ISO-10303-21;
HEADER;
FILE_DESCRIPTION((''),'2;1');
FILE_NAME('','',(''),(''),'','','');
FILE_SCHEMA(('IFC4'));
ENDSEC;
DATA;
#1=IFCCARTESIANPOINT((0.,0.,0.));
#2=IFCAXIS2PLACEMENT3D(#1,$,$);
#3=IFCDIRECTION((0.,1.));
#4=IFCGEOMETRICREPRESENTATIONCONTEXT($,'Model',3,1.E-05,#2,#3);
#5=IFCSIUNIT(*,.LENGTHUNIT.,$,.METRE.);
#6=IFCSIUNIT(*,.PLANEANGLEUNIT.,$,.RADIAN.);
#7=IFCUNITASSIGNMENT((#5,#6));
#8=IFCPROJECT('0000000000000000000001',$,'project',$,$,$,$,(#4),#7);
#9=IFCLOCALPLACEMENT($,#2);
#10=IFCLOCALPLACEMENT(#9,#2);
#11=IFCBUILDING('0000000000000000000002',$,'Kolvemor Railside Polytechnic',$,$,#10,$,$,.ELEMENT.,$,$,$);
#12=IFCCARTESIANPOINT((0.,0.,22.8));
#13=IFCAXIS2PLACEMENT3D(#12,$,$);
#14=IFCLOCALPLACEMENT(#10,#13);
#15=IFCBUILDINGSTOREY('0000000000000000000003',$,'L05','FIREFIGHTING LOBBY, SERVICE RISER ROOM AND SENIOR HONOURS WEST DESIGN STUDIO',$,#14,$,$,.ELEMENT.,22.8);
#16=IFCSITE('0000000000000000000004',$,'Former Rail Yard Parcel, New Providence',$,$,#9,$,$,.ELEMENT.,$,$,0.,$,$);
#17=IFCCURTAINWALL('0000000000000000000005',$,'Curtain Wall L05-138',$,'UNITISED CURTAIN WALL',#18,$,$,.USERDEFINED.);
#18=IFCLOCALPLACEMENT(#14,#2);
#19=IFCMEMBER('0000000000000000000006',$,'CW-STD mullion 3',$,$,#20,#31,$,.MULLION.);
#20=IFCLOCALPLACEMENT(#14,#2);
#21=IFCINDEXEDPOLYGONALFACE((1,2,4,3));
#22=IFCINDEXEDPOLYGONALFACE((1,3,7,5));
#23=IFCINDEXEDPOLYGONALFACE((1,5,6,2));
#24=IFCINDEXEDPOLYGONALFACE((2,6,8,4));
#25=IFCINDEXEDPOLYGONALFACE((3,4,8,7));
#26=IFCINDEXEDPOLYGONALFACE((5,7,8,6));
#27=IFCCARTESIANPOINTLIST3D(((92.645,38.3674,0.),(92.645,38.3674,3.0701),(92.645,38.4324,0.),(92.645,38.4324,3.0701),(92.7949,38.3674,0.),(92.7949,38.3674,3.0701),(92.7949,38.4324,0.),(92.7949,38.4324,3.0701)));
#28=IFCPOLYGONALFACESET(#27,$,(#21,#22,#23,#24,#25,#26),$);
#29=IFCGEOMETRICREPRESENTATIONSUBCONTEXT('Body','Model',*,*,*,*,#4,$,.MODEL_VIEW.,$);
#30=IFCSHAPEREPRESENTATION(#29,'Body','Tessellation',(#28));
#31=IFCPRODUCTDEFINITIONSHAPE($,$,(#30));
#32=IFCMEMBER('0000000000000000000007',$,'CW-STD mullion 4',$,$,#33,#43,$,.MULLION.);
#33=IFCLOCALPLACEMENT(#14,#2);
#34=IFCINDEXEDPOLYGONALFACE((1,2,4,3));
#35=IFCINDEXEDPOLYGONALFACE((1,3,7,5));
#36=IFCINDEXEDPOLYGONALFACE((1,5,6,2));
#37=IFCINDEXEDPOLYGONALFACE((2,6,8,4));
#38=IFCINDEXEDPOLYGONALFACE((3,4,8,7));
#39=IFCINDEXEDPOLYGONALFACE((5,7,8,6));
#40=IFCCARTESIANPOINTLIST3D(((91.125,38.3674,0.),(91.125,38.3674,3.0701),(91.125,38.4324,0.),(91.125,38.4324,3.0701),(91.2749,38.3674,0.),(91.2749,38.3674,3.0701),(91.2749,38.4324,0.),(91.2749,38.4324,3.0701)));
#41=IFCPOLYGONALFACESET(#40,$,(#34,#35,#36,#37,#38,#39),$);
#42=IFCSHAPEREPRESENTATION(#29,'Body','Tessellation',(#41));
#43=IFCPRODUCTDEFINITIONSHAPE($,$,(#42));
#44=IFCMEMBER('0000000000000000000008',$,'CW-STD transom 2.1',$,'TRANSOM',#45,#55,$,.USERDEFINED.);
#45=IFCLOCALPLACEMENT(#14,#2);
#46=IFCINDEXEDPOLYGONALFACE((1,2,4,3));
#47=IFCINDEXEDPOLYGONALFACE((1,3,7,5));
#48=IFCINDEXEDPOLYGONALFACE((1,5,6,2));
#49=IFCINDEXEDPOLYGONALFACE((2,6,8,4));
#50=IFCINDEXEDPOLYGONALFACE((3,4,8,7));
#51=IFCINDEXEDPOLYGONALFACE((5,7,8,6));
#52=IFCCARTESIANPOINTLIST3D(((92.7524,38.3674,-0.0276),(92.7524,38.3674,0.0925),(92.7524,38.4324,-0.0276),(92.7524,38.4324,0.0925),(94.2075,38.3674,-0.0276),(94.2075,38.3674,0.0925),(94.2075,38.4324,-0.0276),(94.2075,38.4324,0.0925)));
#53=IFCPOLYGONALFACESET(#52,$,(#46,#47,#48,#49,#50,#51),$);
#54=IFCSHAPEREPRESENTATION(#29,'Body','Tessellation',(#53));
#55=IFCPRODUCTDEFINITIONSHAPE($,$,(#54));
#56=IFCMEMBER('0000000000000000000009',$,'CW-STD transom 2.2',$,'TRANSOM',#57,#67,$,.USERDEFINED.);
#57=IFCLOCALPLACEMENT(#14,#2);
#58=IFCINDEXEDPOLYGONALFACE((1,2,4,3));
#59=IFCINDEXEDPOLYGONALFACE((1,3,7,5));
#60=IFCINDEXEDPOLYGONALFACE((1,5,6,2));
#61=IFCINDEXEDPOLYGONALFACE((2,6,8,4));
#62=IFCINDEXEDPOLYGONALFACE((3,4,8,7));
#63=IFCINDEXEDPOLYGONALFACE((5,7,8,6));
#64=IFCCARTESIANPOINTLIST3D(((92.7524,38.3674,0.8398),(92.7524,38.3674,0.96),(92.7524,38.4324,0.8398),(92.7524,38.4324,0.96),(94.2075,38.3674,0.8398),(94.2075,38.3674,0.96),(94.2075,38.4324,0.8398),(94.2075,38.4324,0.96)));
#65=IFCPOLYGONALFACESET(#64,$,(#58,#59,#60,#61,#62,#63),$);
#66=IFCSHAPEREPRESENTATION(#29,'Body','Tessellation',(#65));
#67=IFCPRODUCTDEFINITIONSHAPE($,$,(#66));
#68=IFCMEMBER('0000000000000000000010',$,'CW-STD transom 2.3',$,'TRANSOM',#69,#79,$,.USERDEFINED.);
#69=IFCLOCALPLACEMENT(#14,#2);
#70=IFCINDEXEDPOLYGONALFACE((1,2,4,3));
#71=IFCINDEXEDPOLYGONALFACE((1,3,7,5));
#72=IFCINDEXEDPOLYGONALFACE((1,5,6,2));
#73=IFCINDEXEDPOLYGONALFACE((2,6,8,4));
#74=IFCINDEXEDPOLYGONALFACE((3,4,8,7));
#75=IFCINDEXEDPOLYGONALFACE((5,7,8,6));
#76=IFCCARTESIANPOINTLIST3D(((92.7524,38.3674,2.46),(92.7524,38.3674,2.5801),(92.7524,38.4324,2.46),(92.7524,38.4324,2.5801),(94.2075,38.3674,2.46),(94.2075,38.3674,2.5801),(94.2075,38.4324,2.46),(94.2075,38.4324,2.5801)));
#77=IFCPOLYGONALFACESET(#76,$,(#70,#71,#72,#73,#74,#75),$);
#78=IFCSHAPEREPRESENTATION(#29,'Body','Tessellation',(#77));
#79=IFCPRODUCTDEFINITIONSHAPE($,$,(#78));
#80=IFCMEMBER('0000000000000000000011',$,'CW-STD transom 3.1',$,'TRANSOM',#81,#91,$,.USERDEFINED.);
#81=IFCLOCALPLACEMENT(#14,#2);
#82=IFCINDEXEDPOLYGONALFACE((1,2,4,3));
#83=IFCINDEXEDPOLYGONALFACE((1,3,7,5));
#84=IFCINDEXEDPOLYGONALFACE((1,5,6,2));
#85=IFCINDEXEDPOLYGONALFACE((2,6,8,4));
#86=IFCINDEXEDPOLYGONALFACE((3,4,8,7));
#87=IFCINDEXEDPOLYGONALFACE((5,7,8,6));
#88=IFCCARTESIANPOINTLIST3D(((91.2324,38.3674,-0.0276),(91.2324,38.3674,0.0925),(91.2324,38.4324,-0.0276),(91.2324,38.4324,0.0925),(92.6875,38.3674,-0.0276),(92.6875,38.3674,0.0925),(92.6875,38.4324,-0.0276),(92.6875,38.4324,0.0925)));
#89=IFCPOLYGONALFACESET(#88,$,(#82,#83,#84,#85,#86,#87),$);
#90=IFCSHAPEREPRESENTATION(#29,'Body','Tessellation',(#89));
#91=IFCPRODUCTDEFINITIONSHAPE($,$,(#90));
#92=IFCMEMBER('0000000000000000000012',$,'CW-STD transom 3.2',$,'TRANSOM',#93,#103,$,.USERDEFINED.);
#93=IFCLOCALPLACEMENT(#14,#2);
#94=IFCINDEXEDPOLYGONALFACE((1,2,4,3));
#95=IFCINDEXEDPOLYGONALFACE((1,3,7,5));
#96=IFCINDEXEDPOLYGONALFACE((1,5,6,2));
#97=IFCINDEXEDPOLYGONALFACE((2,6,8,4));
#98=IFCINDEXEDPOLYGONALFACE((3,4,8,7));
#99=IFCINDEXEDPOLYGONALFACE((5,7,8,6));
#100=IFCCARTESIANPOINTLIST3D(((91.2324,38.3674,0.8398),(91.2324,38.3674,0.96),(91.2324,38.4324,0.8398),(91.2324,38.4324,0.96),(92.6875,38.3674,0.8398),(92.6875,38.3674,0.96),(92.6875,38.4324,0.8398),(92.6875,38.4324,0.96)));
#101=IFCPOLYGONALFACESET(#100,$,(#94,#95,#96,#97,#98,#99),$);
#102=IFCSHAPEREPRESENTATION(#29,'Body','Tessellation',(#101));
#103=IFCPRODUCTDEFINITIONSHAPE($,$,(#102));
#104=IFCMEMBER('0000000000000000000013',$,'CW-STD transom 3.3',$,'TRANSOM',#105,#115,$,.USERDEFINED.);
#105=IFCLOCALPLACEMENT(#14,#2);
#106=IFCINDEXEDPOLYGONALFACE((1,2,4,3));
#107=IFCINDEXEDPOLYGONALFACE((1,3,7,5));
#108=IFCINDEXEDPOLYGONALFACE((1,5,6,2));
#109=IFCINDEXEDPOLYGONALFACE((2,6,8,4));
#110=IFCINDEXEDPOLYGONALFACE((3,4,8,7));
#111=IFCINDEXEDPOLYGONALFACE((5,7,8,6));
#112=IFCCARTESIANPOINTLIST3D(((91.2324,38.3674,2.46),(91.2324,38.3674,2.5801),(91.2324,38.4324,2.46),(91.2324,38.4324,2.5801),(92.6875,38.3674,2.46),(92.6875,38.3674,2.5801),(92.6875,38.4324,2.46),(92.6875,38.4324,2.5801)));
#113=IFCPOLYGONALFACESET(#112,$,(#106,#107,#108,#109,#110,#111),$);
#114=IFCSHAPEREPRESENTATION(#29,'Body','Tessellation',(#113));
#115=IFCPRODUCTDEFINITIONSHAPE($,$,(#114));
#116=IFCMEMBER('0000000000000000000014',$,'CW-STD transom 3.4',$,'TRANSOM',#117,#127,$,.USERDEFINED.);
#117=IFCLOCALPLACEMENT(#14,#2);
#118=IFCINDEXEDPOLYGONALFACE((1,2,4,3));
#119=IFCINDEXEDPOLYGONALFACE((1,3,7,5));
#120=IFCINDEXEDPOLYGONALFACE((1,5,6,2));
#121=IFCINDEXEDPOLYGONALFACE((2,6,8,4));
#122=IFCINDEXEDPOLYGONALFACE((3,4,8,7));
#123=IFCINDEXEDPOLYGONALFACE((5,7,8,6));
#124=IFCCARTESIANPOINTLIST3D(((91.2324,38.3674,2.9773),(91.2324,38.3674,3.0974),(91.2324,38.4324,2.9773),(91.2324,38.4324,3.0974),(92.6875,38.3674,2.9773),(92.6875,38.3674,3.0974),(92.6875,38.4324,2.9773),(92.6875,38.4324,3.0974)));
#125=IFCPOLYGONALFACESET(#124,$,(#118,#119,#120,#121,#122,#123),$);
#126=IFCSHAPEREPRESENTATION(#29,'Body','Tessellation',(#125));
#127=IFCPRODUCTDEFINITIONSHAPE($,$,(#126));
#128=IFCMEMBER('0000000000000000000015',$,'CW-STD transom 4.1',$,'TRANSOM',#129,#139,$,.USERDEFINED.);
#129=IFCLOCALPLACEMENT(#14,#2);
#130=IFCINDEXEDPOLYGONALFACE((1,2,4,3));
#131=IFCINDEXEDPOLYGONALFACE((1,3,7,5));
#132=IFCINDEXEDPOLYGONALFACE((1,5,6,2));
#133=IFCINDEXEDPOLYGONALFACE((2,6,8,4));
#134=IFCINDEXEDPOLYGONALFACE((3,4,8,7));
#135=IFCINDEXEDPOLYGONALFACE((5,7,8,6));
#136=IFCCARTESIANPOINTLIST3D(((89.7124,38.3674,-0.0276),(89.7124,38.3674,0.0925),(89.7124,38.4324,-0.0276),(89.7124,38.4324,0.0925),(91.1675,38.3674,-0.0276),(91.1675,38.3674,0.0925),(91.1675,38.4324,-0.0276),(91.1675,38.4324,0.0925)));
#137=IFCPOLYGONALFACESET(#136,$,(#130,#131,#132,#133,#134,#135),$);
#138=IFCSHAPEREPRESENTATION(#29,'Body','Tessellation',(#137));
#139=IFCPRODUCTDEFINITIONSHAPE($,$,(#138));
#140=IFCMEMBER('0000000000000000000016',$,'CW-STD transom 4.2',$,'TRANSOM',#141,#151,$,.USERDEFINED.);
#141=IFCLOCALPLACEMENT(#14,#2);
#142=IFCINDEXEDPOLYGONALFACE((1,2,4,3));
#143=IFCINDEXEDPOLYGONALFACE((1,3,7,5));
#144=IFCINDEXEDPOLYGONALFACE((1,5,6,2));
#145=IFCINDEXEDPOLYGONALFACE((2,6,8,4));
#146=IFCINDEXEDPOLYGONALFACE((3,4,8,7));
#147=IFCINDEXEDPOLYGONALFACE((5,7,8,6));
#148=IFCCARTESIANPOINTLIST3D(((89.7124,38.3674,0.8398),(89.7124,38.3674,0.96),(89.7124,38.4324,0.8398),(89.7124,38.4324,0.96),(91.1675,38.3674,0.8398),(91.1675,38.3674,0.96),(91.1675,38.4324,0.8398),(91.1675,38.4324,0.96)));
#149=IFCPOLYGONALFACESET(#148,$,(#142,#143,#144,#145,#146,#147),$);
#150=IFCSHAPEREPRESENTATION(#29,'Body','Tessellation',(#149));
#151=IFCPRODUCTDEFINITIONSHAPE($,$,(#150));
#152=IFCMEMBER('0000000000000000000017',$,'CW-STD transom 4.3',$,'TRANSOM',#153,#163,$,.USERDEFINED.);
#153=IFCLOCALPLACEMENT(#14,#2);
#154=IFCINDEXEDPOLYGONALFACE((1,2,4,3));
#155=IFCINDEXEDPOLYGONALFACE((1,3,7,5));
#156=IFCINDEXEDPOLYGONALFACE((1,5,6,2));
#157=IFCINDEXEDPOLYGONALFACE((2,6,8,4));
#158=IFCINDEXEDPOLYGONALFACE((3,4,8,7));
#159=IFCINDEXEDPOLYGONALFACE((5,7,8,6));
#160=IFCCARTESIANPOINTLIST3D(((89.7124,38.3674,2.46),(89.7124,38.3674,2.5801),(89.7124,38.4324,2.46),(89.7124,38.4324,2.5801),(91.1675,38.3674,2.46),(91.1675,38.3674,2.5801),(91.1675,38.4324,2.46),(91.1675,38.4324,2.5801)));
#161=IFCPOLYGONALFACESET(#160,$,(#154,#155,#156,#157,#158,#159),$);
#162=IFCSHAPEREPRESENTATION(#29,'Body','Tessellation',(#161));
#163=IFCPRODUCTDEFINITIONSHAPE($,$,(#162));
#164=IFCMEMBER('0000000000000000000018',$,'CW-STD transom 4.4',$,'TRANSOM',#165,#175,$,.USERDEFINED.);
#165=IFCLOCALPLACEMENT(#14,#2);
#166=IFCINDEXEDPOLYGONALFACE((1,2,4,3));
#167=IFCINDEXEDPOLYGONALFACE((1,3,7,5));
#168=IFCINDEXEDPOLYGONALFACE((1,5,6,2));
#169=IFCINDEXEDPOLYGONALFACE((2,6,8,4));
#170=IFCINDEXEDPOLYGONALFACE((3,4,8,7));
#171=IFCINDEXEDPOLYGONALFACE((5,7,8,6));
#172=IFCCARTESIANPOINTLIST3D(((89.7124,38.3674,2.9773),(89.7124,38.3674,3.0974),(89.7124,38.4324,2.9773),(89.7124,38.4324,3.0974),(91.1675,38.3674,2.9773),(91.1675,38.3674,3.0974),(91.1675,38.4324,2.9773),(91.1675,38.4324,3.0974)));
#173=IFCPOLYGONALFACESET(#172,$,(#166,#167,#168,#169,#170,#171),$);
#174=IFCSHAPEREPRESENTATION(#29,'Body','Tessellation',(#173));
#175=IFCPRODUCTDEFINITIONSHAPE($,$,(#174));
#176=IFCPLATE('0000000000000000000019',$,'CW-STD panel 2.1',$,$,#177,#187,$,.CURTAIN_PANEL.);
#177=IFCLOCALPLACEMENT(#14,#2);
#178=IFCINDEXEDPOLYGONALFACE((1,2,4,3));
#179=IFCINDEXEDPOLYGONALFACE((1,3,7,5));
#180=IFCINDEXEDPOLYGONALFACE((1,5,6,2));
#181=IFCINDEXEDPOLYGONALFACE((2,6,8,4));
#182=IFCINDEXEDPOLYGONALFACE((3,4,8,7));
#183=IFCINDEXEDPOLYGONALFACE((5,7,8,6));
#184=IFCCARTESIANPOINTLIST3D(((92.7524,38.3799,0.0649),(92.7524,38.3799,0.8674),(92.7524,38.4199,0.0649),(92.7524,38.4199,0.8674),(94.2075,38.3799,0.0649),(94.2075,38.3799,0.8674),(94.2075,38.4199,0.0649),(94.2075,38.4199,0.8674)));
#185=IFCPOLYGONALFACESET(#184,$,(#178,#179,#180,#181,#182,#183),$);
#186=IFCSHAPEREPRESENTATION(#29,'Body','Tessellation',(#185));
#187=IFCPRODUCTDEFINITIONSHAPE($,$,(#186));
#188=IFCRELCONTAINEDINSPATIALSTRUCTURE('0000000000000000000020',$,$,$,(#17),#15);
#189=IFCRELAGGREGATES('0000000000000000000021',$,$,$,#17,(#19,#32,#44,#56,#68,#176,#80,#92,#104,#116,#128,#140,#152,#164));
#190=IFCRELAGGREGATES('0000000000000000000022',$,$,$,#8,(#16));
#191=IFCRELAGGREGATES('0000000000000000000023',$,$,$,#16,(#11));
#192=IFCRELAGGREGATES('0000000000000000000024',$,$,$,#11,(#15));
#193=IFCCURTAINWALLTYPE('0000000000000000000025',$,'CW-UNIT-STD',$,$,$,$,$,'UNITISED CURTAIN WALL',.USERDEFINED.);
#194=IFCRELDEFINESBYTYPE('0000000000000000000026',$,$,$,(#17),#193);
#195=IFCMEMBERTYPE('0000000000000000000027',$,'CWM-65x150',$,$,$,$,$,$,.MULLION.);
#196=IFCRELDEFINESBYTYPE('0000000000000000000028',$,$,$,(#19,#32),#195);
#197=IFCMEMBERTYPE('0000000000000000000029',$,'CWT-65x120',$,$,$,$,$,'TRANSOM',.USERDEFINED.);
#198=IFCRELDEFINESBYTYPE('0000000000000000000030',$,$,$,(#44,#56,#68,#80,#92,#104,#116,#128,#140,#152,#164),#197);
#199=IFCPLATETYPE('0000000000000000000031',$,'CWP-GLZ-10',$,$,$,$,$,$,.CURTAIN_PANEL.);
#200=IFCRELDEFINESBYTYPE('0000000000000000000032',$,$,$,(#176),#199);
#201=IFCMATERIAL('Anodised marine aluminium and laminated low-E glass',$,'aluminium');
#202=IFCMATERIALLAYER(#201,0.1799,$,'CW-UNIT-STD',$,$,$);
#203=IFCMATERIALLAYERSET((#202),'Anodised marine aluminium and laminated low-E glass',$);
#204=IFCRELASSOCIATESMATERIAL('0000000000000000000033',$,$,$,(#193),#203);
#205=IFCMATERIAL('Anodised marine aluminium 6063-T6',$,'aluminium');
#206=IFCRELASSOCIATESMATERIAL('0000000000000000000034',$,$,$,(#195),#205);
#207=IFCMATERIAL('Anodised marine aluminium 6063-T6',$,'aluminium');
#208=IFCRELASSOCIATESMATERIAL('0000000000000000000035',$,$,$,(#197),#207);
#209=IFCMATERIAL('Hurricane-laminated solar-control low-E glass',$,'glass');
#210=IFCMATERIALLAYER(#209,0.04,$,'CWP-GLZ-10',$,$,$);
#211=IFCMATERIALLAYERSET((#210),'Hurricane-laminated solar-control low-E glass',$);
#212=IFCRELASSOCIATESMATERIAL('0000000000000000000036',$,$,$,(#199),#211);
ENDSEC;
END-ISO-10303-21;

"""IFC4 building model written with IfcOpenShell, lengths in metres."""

from ifc_helpers import new_model, si_unit, direction, frame, origin, origin_2d, place, context, subcontext, project, spatial, rectangle, extrude, material, layer, layer_set, material_profile, profile_set, type_object, element, aggregate, save


model = new_model("IFC4")

# Units and contexts
model_context = context("Model", 3, precision=1e-05, world=origin(), true_north=direction((0.0, 1.0)))
body_context = subcontext(model_context, "Body", "Model", "MODEL_VIEW")
ifc_project = project(units=[si_unit("LENGTHUNIT", "METRE"), si_unit("PLANEANGLEUNIT", "RADIAN")], contexts=[model_context])

# Site, building, storey
site_placement = place(None, origin())
site = spatial("IfcSite", under=ifc_project, at=site_placement, Name="Former Rail Yard Parcel, New Providence", CompositionType="ELEMENT", RefElevation=0.0)
building_placement = place(site_placement, origin())
building = spatial("IfcBuilding", under=site, at=building_placement, Name="Kolvemor Railside Polytechnic", CompositionType="ELEMENT")
storey_placement = place(building_placement, frame((0.0, 0.0, 22.8)))
storey = spatial("IfcBuildingStorey", under=building, at=storey_placement, Name="L05", Description="FIREFIGHTING LOBBY, SERVICE RISER ROOM AND SENIOR HONOURS WEST DESIGN STUDIO", CompositionType="ELEMENT", Elevation=22.8)

# Curtain wall, members, plate
ifc_material_1 = material(Name="Anodised marine aluminium and laminated low-E glass", Category="aluminium")
ifc_layer_1 = layer(ifc_material_1, 0.1799, Name="CW-UNIT-STD")
ifc_layer_set_1 = layer_set([ifc_layer_1], Name="Anodised marine aluminium and laminated low-E glass")
curtain_wall_type = type_object("IfcCurtainWallType", Name="CW-UNIT-STD", ElementType="UNITISED CURTAIN WALL", PredefinedType="USERDEFINED", material=ifc_layer_set_1)
curtain_wall_placement = place(storey_placement, origin())
curtain_wall = element("IfcCurtainWall", 1, at=curtain_wall_placement, inside=storey, type_object=curtain_wall_type, Name="Curtain Wall L05-138", ObjectType="UNITISED CURTAIN WALL", PredefinedType="USERDEFINED")
ifc_material_2 = material(Name="Anodised marine aluminium 6063-T6", Category="aluminium")
ifc_material_profile_1 = material_profile(ifc_material_2, rectangle(XDim=0.0649, YDim=0.1499, at=origin_2d()), Name="CW-MUL-65x150")
ifc_profile_set_1 = profile_set([ifc_material_profile_1], Name="Anodised marine aluminium 6063-T6")
member_type_1 = type_object("IfcMemberType", Name="CWM-65x150", PredefinedType="MULLION", material=ifc_profile_set_1)
member_1_placement = place(storey_placement, frame((92.72, 38.3999, 0.0), z_axis=(0.0, 0.0, 1.0), x_axis=(0.0, -1.0, 0.0)))
member_1 = element("IfcMember", 2, at=member_1_placement, type_object=member_type_1, Name="CW-STD mullion 3", PredefinedType="MULLION", context=body_context, shape_type="SweptSolid", body=[
    extrude(rectangle(XDim=0.0649, YDim=0.1499, at=origin_2d()), origin(), (0.0, 0.0, 1.0), 3.0701),
])
member_2_placement = place(storey_placement, frame((91.2, 38.3999, 0.0), z_axis=(0.0, 0.0, 1.0), x_axis=(0.0, -1.0, 0.0)))
member_2 = element("IfcMember", 3, at=member_2_placement, type_object=member_type_1, Name="CW-STD mullion 4", PredefinedType="MULLION", context=body_context, shape_type="SweptSolid", body=[
    extrude(rectangle(XDim=0.0649, YDim=0.1499, at=origin_2d()), origin(), (0.0, 0.0, 1.0), 3.0701),
])
ifc_material_3 = material(Name="Anodised marine aluminium 6063-T6", Category="aluminium")
ifc_material_profile_2 = material_profile(ifc_material_3, rectangle(XDim=0.0649, YDim=0.1201, at=origin_2d()), Name="CW-TRN-65x120")
ifc_profile_set_2 = profile_set([ifc_material_profile_2], Name="Anodised marine aluminium 6063-T6")
member_type_2 = type_object("IfcMemberType", Name="CWT-65x120", ElementType="TRANSOM", PredefinedType="USERDEFINED", material=ifc_profile_set_2)
member_3_placement = place(storey_placement, frame((94.2075, 38.3999, 0.0325), z_axis=(-1.0, 0.0, 0.0), x_axis=(0.0, -1.0, 0.0)))
member_3 = element("IfcMember", 4, at=member_3_placement, type_object=member_type_2, Name="CW-STD transom 2.1", ObjectType="TRANSOM", PredefinedType="USERDEFINED", context=body_context, shape_type="SweptSolid", body=[
    extrude(rectangle(XDim=0.0649, YDim=0.1201, at=origin_2d()), origin(), (0.0, 0.0, 1.0), 1.4551),
])
member_4_placement = place(storey_placement, frame((94.2075, 38.3999, 0.8999), z_axis=(-1.0, 0.0, 0.0), x_axis=(0.0, -1.0, 0.0)))
member_4 = element("IfcMember", 5, at=member_4_placement, type_object=member_type_2, Name="CW-STD transom 2.2", ObjectType="TRANSOM", PredefinedType="USERDEFINED", context=body_context, shape_type="SweptSolid", body=[
    extrude(rectangle(XDim=0.0649, YDim=0.1201, at=origin_2d()), origin(), (0.0, 0.0, 1.0), 1.4551),
])
member_5_placement = place(storey_placement, frame((94.2075, 38.3999, 2.52), z_axis=(-1.0, 0.0, 0.0), x_axis=(0.0, -1.0, 0.0)))
member_5 = element("IfcMember", 6, at=member_5_placement, type_object=member_type_2, Name="CW-STD transom 2.3", ObjectType="TRANSOM", PredefinedType="USERDEFINED", context=body_context, shape_type="SweptSolid", body=[
    extrude(rectangle(XDim=0.0649, YDim=0.1201, at=origin_2d()), origin(), (0.0, 0.0, 1.0), 1.4551),
])
member_6_placement = place(storey_placement, frame((92.6875, 38.3999, 0.0325), z_axis=(-1.0, 0.0, 0.0), x_axis=(0.0, -1.0, 0.0)))
member_6 = element("IfcMember", 7, at=member_6_placement, type_object=member_type_2, Name="CW-STD transom 3.1", ObjectType="TRANSOM", PredefinedType="USERDEFINED", context=body_context, shape_type="SweptSolid", body=[
    extrude(rectangle(XDim=0.0649, YDim=0.1201, at=origin_2d()), origin(), (0.0, 0.0, 1.0), 1.4551),
])
member_7_placement = place(storey_placement, frame((92.6875, 38.3999, 0.8999), z_axis=(-1.0, 0.0, 0.0), x_axis=(0.0, -1.0, 0.0)))
member_7 = element("IfcMember", 8, at=member_7_placement, type_object=member_type_2, Name="CW-STD transom 3.2", ObjectType="TRANSOM", PredefinedType="USERDEFINED", context=body_context, shape_type="SweptSolid", body=[
    extrude(rectangle(XDim=0.0649, YDim=0.1201, at=origin_2d()), origin(), (0.0, 0.0, 1.0), 1.4551),
])
member_8_placement = place(storey_placement, frame((92.6875, 38.3999, 2.52), z_axis=(-1.0, 0.0, 0.0), x_axis=(0.0, -1.0, 0.0)))
member_8 = element("IfcMember", 9, at=member_8_placement, type_object=member_type_2, Name="CW-STD transom 3.3", ObjectType="TRANSOM", PredefinedType="USERDEFINED", context=body_context, shape_type="SweptSolid", body=[
    extrude(rectangle(XDim=0.0649, YDim=0.1201, at=origin_2d()), origin(), (0.0, 0.0, 1.0), 1.4551),
])
member_9_placement = place(storey_placement, frame((92.6875, 38.3999, 3.0374), z_axis=(-1.0, 0.0, 0.0), x_axis=(0.0, -1.0, 0.0)))
member_9 = element("IfcMember", 10, at=member_9_placement, type_object=member_type_2, Name="CW-STD transom 3.4", ObjectType="TRANSOM", PredefinedType="USERDEFINED", context=body_context, shape_type="SweptSolid", body=[
    extrude(rectangle(XDim=0.0649, YDim=0.1201, at=origin_2d()), origin(), (0.0, 0.0, 1.0), 1.4551),
])
member_10_placement = place(storey_placement, frame((91.1675, 38.3999, 0.0325), z_axis=(-1.0, 0.0, 0.0), x_axis=(0.0, -1.0, 0.0)))
member_10 = element("IfcMember", 11, at=member_10_placement, type_object=member_type_2, Name="CW-STD transom 4.1", ObjectType="TRANSOM", PredefinedType="USERDEFINED", context=body_context, shape_type="SweptSolid", body=[
    extrude(rectangle(XDim=0.0649, YDim=0.1201, at=origin_2d()), origin(), (0.0, 0.0, 1.0), 1.4551),
])
member_11_placement = place(storey_placement, frame((91.1675, 38.3999, 0.8999), z_axis=(-1.0, 0.0, 0.0), x_axis=(0.0, -1.0, 0.0)))
member_11 = element("IfcMember", 12, at=member_11_placement, type_object=member_type_2, Name="CW-STD transom 4.2", ObjectType="TRANSOM", PredefinedType="USERDEFINED", context=body_context, shape_type="SweptSolid", body=[
    extrude(rectangle(XDim=0.0649, YDim=0.1201, at=origin_2d()), origin(), (0.0, 0.0, 1.0), 1.4551),
])
member_12_placement = place(storey_placement, frame((91.1675, 38.3999, 2.52), z_axis=(-1.0, 0.0, 0.0), x_axis=(0.0, -1.0, 0.0)))
member_12 = element("IfcMember", 13, at=member_12_placement, type_object=member_type_2, Name="CW-STD transom 4.3", ObjectType="TRANSOM", PredefinedType="USERDEFINED", context=body_context, shape_type="SweptSolid", body=[
    extrude(rectangle(XDim=0.0649, YDim=0.1201, at=origin_2d()), origin(), (0.0, 0.0, 1.0), 1.4551),
])
member_13_placement = place(storey_placement, frame((91.1675, 38.3999, 3.0374), z_axis=(-1.0, 0.0, 0.0), x_axis=(0.0, -1.0, 0.0)))
member_13 = element("IfcMember", 14, at=member_13_placement, type_object=member_type_2, Name="CW-STD transom 4.4", ObjectType="TRANSOM", PredefinedType="USERDEFINED", context=body_context, shape_type="SweptSolid", body=[
    extrude(rectangle(XDim=0.0649, YDim=0.1201, at=origin_2d()), origin(), (0.0, 0.0, 1.0), 1.4551),
])
ifc_material_4 = material(Name="Hurricane-laminated solar-control low-E glass", Category="glass")
ifc_layer_2 = layer(ifc_material_4, 0.04, Name="CWP-GLZ-10")
ifc_layer_set_2 = layer_set([ifc_layer_2], Name="Hurricane-laminated solar-control low-E glass")
plate_type = type_object("IfcPlateType", Name="CWP-GLZ-10", PredefinedType="CURTAIN_PANEL", material=ifc_layer_set_2)
plate_1_placement = place(storey_placement, frame((93.48, 38.3999, 0.0649), z_axis=(0.0, 0.0, 1.0), x_axis=(-1.0, 0.0, 0.0)))
plate_1 = element("IfcPlate", 15, at=plate_1_placement, type_object=plate_type, Name="CW-STD panel 2.1", PredefinedType="CURTAIN_PANEL", context=body_context, shape_type="SweptSolid", body=[
    extrude(rectangle(XDim=1.4551, YDim=0.04, at=origin_2d()), origin(), (0.0, 0.0, 1.0), 0.8025),
])
aggregate(curtain_wall, [member_1, member_2, member_3, member_4, member_5, plate_1, member_6, member_7, member_8, member_9, member_10, member_11, member_12, member_13])

save(model, "model.ifc")
